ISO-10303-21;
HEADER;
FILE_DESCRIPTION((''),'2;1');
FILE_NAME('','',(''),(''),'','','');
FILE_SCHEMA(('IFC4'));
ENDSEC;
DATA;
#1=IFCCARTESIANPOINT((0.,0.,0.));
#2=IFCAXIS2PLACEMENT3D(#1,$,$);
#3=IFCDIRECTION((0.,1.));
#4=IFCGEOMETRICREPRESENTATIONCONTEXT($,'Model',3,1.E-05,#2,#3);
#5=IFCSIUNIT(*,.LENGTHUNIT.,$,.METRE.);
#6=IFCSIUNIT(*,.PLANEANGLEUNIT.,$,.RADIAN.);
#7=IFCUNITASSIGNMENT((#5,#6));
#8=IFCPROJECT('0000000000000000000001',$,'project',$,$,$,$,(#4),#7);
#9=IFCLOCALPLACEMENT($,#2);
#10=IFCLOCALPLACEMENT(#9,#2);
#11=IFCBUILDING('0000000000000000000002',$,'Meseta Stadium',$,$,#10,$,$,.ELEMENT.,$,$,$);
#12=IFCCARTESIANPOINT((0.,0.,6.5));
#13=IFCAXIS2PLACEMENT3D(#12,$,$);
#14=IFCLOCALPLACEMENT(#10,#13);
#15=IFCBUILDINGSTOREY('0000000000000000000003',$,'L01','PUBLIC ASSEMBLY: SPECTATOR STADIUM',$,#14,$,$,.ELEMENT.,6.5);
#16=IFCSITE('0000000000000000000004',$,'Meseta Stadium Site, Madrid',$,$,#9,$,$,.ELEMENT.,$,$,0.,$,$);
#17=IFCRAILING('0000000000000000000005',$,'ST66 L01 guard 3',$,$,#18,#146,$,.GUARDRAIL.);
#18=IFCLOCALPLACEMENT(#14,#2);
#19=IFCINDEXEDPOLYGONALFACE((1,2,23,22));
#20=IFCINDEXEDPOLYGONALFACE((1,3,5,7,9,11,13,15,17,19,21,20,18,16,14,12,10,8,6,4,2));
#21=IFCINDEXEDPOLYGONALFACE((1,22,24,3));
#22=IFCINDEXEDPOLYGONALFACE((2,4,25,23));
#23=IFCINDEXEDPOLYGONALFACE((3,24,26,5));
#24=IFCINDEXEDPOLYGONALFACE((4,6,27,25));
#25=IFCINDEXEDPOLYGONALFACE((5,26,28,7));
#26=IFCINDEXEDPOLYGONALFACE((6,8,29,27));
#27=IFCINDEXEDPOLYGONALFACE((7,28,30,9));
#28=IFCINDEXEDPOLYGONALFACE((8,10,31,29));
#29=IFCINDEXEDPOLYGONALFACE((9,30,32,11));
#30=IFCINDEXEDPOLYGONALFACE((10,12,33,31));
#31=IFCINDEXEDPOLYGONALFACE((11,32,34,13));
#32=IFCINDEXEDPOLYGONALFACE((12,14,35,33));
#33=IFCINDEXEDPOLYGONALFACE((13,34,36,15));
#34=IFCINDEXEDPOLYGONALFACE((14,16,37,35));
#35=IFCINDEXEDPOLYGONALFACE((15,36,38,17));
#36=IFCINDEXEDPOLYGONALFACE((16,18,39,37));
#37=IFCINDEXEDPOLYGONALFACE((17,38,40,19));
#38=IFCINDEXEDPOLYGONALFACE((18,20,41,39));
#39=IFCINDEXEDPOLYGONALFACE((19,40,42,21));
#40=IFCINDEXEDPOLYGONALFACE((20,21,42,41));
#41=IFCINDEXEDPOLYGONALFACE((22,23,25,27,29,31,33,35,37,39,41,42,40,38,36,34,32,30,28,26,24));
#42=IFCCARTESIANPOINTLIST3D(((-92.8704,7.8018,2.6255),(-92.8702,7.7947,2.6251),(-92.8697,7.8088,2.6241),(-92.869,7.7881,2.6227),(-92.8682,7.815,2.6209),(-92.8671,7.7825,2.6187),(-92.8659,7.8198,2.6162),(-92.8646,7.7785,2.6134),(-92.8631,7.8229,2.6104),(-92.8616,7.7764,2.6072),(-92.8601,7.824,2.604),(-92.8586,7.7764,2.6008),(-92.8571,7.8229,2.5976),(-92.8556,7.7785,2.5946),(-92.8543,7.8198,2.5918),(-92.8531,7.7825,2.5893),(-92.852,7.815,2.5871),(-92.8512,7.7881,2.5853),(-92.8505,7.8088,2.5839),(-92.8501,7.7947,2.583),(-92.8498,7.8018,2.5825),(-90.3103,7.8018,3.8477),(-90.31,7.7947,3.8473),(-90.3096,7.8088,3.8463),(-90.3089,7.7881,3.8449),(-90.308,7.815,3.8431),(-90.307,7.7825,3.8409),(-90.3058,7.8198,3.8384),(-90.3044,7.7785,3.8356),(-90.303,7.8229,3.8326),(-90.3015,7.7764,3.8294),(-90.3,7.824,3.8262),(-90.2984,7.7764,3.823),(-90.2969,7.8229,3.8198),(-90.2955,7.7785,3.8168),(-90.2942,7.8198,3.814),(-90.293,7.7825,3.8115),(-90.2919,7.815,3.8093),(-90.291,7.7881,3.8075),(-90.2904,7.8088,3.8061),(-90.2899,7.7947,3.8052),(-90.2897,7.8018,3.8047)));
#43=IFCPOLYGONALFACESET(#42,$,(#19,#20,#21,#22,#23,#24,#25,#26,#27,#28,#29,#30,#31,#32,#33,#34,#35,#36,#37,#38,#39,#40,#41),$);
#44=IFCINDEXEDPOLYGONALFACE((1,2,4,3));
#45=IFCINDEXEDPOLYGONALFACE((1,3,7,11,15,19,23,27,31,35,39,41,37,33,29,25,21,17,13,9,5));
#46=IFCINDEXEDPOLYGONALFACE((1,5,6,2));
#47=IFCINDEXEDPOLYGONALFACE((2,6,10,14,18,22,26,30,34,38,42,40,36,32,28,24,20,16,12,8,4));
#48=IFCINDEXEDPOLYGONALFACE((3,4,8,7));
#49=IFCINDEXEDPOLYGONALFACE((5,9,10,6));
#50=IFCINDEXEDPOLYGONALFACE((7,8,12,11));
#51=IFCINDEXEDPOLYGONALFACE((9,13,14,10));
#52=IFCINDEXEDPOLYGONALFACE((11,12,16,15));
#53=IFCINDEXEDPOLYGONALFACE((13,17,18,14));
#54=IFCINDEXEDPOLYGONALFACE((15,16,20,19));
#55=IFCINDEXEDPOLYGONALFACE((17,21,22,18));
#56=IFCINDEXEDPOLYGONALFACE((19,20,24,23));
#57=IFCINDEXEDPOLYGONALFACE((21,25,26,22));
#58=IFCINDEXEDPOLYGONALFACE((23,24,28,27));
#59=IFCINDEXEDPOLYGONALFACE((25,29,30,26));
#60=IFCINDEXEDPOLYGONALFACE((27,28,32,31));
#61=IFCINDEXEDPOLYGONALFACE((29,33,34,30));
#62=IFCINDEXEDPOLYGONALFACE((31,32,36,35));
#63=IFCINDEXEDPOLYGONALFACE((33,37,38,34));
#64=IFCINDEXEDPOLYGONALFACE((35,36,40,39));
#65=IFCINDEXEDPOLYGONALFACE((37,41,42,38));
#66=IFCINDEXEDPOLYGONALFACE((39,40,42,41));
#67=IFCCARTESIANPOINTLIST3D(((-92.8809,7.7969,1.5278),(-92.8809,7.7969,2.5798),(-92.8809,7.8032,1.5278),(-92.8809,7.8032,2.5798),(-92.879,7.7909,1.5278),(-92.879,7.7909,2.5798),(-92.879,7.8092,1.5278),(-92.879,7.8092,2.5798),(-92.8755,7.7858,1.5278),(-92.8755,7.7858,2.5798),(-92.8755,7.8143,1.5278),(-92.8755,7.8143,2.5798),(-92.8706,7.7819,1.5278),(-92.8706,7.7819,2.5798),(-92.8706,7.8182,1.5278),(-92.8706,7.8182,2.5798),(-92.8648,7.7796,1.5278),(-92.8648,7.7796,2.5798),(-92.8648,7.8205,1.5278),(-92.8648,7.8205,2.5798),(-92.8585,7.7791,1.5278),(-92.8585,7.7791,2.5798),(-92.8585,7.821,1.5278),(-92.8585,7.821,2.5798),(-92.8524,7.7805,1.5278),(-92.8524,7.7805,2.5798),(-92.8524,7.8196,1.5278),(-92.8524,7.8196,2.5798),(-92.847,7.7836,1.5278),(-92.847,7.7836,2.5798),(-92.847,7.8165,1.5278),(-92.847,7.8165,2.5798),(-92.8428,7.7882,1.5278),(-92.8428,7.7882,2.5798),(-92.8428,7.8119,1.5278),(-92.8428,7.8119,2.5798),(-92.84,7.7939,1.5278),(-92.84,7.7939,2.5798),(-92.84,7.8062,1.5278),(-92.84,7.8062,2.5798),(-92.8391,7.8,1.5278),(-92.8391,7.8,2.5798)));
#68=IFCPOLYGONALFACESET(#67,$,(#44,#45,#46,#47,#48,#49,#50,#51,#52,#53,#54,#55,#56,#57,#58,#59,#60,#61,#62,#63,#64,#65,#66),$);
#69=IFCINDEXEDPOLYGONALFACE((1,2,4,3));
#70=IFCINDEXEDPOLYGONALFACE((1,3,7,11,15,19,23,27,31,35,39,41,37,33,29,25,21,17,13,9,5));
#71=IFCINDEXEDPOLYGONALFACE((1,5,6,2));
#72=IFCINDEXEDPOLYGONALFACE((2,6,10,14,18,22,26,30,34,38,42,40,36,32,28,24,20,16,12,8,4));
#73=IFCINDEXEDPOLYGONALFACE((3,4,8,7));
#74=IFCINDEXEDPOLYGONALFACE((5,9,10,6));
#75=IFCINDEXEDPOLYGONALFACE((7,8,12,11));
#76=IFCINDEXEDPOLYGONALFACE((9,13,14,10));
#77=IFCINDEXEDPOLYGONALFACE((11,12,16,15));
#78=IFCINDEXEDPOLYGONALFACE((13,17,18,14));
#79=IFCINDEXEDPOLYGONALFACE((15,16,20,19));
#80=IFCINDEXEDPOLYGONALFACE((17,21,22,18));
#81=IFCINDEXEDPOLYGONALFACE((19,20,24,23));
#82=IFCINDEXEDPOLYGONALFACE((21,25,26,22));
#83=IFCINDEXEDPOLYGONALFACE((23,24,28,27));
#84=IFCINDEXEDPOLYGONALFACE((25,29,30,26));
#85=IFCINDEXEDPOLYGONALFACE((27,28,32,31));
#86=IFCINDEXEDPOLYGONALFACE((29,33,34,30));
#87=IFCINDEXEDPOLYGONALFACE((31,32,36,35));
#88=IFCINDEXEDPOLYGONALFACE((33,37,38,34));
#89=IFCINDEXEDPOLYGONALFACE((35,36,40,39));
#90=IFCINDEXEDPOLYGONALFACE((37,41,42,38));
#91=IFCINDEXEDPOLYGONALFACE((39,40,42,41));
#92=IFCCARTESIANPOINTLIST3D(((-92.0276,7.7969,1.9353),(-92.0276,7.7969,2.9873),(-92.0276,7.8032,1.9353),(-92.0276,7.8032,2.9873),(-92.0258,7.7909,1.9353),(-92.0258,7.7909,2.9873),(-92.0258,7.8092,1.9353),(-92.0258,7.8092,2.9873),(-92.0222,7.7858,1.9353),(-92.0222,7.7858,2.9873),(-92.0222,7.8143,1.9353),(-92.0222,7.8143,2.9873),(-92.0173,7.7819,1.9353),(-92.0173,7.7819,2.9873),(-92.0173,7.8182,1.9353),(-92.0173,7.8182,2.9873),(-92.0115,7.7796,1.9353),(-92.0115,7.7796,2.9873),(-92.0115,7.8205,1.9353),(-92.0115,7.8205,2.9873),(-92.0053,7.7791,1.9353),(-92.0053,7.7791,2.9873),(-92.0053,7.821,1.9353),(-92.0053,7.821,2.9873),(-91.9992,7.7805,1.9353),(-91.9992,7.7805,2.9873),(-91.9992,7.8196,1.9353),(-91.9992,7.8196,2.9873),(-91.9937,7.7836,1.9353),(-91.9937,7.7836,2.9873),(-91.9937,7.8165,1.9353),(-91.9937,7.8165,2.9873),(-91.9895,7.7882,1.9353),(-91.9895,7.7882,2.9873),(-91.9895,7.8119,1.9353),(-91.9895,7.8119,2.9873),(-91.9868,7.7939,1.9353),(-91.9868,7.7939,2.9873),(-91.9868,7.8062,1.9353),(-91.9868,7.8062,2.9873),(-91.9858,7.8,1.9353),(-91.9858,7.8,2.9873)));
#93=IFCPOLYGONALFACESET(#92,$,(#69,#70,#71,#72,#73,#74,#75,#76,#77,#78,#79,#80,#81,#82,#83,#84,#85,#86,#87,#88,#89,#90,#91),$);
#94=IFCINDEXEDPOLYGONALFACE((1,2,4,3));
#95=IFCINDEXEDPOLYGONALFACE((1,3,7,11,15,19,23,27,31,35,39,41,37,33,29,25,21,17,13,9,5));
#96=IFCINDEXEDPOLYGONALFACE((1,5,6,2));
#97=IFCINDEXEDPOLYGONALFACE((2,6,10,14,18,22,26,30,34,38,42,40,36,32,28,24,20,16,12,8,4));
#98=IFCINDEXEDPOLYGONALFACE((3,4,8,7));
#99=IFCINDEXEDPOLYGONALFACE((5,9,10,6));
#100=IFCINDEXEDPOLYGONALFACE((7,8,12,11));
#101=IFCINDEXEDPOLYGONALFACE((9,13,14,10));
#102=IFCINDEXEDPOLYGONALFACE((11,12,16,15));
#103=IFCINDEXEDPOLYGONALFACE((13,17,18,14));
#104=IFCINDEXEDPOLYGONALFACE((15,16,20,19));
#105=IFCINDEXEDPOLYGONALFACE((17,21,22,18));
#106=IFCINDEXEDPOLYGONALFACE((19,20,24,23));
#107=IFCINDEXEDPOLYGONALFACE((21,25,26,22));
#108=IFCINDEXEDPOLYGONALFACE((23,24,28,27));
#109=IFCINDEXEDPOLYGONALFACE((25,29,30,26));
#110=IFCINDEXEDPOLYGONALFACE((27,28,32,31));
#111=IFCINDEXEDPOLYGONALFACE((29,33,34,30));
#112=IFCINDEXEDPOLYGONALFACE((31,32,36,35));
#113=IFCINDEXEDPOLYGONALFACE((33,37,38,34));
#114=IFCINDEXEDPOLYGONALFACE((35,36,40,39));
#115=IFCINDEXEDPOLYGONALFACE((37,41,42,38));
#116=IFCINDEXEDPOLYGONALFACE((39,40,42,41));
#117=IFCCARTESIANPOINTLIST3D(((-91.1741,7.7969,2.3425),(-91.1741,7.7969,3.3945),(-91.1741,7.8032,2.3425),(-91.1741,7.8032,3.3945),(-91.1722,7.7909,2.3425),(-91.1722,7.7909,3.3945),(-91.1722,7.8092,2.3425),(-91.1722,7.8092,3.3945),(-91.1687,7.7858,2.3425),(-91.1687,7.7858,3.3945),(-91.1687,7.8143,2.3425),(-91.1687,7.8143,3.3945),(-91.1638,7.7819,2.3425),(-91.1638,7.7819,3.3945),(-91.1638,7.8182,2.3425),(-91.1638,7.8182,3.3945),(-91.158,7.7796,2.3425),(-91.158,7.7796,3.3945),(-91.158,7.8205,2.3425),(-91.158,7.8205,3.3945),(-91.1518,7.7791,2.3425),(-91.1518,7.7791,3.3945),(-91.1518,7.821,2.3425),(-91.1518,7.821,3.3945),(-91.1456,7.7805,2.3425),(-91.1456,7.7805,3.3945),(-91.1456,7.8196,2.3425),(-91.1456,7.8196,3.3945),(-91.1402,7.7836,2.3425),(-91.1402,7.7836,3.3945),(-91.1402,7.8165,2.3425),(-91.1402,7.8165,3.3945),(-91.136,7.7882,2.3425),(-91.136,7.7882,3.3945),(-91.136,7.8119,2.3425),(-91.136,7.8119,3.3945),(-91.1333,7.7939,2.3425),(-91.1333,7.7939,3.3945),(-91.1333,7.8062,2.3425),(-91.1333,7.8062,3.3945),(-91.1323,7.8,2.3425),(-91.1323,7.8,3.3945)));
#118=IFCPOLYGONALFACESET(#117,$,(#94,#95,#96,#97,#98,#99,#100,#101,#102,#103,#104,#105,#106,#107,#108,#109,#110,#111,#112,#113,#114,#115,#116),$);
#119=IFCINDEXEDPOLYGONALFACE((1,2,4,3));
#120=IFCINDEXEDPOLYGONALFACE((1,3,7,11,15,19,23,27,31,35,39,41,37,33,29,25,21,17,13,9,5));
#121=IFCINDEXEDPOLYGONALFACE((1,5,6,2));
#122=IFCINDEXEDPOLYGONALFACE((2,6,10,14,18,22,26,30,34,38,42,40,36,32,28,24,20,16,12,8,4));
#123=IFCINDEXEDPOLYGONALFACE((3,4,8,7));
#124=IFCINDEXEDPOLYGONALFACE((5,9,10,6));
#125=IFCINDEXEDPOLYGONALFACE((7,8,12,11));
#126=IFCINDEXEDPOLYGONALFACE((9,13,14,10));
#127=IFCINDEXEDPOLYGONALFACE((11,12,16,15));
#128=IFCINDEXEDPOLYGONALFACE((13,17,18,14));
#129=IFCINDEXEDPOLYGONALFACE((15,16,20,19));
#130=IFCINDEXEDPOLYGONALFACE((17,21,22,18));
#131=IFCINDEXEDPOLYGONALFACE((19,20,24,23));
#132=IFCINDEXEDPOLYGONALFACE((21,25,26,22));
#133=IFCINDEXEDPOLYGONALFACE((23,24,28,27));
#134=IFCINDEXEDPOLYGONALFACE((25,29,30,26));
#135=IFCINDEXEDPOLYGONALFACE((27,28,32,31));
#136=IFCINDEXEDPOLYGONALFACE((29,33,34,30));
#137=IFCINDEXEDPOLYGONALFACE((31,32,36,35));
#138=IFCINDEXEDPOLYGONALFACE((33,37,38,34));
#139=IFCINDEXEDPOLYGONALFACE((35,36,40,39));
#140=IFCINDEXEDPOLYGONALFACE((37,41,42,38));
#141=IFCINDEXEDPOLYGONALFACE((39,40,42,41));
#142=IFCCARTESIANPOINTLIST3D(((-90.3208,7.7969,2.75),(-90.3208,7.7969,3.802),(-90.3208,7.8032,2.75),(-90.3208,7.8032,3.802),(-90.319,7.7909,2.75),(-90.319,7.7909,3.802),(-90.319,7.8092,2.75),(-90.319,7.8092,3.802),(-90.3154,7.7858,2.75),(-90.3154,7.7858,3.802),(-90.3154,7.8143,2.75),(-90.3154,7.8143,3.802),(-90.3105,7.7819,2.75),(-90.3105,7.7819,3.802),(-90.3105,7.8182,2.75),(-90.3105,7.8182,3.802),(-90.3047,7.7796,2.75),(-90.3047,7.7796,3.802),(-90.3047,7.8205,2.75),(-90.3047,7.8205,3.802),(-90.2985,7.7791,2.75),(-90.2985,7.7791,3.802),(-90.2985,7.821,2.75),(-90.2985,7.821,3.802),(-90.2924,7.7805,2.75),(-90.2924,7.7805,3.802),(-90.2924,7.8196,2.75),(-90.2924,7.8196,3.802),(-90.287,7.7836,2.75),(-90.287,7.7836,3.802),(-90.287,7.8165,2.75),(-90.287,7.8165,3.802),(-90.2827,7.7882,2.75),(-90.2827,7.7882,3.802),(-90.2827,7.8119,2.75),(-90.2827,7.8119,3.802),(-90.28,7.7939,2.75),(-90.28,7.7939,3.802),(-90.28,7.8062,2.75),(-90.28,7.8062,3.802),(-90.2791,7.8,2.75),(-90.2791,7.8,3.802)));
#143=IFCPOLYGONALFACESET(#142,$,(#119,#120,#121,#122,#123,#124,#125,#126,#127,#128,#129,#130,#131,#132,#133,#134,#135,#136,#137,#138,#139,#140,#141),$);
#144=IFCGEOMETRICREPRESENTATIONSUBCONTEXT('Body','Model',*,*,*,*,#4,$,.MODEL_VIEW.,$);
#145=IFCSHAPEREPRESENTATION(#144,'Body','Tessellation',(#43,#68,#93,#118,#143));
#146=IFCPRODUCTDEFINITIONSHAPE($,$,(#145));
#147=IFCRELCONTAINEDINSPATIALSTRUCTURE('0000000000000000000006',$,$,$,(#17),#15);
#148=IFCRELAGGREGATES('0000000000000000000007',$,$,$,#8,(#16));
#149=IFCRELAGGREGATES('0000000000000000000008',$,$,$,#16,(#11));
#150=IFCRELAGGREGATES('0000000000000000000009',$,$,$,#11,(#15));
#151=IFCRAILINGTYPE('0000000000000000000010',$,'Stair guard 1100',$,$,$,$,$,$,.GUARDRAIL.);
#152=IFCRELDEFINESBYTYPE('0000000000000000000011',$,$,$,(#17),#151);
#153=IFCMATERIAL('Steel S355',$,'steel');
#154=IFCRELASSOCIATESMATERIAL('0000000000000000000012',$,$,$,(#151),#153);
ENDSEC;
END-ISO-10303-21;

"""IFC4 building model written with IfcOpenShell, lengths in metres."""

from ifc_helpers import new_model, si_unit, direction, frame, origin, origin_2d, place, context, subcontext, project, spatial, circle, extrude, material, type_object, element, save


model = new_model("IFC4")

# Units and contexts
model_context = context("Model", 3, precision=1e-05, world=origin(), true_north=direction((0.0, 1.0)))
body_context = subcontext(model_context, "Body", "Model", "MODEL_VIEW")
ifc_project = project(units=[si_unit("LENGTHUNIT", "METRE"), si_unit("PLANEANGLEUNIT", "RADIAN")], contexts=[model_context])

# Site, building, storey
site_placement = place(None, origin())
site = spatial("IfcSite", under=ifc_project, at=site_placement, Name="Meseta Stadium Site, Madrid", CompositionType="ELEMENT", RefElevation=0.0)
building_placement = place(site_placement, origin())
building = spatial("IfcBuilding", under=site, at=building_placement, Name="Meseta Stadium", CompositionType="ELEMENT")
storey_placement = place(building_placement, frame((0.0, 0.0, 6.5)))
storey = spatial("IfcBuildingStorey", under=building, at=storey_placement, Name="L01", Description="PUBLIC ASSEMBLY: SPECTATOR STADIUM", CompositionType="ELEMENT", Elevation=6.5)

# Railing
ifc_material_1 = material(Name="Steel S355", Category="steel")
railing_type_1 = type_object("IfcRailingType", Name="Stair guard 1100", PredefinedType="GUARDRAIL", material=ifc_material_1)
railing_1_placement = place(storey_placement, frame((-92.8601, 7.8, 1.5278)))
element("IfcRailing", 1, at=railing_1_placement, inside=storey, type_object=railing_type_1, Name="ST66 L01 guard 3", PredefinedType="GUARDRAIL", context=body_context, shape_type="SweptSolid", body=[
    extrude(circle(Radius=0.0239, at=origin_2d()), frame((0.0, 0.0, 1.0762), z_axis=(0.902437, 0.0, 0.430822), x_axis=(0.0, 1.0, 0.0)), (0.0, 0.0, 1.0), 2.8369),
    extrude(circle(Radius=0.021, at=origin_2d()), origin(), (0.0, 0.0, 1.0), 1.052),
    extrude(circle(Radius=0.021, at=origin_2d()), frame((0.8533, 0.0, 0.4075)), (0.0, 0.0, 1.0), 1.052),
    extrude(circle(Radius=0.021, at=origin_2d()), frame((1.7068, 0.0, 0.8147)), (0.0, 0.0, 1.0), 1.052),
    extrude(circle(Radius=0.021, at=origin_2d()), frame((2.5601, 0.0, 1.2222)), (0.0, 0.0, 1.0), 1.052),
])

save(model, "model.ifc")
